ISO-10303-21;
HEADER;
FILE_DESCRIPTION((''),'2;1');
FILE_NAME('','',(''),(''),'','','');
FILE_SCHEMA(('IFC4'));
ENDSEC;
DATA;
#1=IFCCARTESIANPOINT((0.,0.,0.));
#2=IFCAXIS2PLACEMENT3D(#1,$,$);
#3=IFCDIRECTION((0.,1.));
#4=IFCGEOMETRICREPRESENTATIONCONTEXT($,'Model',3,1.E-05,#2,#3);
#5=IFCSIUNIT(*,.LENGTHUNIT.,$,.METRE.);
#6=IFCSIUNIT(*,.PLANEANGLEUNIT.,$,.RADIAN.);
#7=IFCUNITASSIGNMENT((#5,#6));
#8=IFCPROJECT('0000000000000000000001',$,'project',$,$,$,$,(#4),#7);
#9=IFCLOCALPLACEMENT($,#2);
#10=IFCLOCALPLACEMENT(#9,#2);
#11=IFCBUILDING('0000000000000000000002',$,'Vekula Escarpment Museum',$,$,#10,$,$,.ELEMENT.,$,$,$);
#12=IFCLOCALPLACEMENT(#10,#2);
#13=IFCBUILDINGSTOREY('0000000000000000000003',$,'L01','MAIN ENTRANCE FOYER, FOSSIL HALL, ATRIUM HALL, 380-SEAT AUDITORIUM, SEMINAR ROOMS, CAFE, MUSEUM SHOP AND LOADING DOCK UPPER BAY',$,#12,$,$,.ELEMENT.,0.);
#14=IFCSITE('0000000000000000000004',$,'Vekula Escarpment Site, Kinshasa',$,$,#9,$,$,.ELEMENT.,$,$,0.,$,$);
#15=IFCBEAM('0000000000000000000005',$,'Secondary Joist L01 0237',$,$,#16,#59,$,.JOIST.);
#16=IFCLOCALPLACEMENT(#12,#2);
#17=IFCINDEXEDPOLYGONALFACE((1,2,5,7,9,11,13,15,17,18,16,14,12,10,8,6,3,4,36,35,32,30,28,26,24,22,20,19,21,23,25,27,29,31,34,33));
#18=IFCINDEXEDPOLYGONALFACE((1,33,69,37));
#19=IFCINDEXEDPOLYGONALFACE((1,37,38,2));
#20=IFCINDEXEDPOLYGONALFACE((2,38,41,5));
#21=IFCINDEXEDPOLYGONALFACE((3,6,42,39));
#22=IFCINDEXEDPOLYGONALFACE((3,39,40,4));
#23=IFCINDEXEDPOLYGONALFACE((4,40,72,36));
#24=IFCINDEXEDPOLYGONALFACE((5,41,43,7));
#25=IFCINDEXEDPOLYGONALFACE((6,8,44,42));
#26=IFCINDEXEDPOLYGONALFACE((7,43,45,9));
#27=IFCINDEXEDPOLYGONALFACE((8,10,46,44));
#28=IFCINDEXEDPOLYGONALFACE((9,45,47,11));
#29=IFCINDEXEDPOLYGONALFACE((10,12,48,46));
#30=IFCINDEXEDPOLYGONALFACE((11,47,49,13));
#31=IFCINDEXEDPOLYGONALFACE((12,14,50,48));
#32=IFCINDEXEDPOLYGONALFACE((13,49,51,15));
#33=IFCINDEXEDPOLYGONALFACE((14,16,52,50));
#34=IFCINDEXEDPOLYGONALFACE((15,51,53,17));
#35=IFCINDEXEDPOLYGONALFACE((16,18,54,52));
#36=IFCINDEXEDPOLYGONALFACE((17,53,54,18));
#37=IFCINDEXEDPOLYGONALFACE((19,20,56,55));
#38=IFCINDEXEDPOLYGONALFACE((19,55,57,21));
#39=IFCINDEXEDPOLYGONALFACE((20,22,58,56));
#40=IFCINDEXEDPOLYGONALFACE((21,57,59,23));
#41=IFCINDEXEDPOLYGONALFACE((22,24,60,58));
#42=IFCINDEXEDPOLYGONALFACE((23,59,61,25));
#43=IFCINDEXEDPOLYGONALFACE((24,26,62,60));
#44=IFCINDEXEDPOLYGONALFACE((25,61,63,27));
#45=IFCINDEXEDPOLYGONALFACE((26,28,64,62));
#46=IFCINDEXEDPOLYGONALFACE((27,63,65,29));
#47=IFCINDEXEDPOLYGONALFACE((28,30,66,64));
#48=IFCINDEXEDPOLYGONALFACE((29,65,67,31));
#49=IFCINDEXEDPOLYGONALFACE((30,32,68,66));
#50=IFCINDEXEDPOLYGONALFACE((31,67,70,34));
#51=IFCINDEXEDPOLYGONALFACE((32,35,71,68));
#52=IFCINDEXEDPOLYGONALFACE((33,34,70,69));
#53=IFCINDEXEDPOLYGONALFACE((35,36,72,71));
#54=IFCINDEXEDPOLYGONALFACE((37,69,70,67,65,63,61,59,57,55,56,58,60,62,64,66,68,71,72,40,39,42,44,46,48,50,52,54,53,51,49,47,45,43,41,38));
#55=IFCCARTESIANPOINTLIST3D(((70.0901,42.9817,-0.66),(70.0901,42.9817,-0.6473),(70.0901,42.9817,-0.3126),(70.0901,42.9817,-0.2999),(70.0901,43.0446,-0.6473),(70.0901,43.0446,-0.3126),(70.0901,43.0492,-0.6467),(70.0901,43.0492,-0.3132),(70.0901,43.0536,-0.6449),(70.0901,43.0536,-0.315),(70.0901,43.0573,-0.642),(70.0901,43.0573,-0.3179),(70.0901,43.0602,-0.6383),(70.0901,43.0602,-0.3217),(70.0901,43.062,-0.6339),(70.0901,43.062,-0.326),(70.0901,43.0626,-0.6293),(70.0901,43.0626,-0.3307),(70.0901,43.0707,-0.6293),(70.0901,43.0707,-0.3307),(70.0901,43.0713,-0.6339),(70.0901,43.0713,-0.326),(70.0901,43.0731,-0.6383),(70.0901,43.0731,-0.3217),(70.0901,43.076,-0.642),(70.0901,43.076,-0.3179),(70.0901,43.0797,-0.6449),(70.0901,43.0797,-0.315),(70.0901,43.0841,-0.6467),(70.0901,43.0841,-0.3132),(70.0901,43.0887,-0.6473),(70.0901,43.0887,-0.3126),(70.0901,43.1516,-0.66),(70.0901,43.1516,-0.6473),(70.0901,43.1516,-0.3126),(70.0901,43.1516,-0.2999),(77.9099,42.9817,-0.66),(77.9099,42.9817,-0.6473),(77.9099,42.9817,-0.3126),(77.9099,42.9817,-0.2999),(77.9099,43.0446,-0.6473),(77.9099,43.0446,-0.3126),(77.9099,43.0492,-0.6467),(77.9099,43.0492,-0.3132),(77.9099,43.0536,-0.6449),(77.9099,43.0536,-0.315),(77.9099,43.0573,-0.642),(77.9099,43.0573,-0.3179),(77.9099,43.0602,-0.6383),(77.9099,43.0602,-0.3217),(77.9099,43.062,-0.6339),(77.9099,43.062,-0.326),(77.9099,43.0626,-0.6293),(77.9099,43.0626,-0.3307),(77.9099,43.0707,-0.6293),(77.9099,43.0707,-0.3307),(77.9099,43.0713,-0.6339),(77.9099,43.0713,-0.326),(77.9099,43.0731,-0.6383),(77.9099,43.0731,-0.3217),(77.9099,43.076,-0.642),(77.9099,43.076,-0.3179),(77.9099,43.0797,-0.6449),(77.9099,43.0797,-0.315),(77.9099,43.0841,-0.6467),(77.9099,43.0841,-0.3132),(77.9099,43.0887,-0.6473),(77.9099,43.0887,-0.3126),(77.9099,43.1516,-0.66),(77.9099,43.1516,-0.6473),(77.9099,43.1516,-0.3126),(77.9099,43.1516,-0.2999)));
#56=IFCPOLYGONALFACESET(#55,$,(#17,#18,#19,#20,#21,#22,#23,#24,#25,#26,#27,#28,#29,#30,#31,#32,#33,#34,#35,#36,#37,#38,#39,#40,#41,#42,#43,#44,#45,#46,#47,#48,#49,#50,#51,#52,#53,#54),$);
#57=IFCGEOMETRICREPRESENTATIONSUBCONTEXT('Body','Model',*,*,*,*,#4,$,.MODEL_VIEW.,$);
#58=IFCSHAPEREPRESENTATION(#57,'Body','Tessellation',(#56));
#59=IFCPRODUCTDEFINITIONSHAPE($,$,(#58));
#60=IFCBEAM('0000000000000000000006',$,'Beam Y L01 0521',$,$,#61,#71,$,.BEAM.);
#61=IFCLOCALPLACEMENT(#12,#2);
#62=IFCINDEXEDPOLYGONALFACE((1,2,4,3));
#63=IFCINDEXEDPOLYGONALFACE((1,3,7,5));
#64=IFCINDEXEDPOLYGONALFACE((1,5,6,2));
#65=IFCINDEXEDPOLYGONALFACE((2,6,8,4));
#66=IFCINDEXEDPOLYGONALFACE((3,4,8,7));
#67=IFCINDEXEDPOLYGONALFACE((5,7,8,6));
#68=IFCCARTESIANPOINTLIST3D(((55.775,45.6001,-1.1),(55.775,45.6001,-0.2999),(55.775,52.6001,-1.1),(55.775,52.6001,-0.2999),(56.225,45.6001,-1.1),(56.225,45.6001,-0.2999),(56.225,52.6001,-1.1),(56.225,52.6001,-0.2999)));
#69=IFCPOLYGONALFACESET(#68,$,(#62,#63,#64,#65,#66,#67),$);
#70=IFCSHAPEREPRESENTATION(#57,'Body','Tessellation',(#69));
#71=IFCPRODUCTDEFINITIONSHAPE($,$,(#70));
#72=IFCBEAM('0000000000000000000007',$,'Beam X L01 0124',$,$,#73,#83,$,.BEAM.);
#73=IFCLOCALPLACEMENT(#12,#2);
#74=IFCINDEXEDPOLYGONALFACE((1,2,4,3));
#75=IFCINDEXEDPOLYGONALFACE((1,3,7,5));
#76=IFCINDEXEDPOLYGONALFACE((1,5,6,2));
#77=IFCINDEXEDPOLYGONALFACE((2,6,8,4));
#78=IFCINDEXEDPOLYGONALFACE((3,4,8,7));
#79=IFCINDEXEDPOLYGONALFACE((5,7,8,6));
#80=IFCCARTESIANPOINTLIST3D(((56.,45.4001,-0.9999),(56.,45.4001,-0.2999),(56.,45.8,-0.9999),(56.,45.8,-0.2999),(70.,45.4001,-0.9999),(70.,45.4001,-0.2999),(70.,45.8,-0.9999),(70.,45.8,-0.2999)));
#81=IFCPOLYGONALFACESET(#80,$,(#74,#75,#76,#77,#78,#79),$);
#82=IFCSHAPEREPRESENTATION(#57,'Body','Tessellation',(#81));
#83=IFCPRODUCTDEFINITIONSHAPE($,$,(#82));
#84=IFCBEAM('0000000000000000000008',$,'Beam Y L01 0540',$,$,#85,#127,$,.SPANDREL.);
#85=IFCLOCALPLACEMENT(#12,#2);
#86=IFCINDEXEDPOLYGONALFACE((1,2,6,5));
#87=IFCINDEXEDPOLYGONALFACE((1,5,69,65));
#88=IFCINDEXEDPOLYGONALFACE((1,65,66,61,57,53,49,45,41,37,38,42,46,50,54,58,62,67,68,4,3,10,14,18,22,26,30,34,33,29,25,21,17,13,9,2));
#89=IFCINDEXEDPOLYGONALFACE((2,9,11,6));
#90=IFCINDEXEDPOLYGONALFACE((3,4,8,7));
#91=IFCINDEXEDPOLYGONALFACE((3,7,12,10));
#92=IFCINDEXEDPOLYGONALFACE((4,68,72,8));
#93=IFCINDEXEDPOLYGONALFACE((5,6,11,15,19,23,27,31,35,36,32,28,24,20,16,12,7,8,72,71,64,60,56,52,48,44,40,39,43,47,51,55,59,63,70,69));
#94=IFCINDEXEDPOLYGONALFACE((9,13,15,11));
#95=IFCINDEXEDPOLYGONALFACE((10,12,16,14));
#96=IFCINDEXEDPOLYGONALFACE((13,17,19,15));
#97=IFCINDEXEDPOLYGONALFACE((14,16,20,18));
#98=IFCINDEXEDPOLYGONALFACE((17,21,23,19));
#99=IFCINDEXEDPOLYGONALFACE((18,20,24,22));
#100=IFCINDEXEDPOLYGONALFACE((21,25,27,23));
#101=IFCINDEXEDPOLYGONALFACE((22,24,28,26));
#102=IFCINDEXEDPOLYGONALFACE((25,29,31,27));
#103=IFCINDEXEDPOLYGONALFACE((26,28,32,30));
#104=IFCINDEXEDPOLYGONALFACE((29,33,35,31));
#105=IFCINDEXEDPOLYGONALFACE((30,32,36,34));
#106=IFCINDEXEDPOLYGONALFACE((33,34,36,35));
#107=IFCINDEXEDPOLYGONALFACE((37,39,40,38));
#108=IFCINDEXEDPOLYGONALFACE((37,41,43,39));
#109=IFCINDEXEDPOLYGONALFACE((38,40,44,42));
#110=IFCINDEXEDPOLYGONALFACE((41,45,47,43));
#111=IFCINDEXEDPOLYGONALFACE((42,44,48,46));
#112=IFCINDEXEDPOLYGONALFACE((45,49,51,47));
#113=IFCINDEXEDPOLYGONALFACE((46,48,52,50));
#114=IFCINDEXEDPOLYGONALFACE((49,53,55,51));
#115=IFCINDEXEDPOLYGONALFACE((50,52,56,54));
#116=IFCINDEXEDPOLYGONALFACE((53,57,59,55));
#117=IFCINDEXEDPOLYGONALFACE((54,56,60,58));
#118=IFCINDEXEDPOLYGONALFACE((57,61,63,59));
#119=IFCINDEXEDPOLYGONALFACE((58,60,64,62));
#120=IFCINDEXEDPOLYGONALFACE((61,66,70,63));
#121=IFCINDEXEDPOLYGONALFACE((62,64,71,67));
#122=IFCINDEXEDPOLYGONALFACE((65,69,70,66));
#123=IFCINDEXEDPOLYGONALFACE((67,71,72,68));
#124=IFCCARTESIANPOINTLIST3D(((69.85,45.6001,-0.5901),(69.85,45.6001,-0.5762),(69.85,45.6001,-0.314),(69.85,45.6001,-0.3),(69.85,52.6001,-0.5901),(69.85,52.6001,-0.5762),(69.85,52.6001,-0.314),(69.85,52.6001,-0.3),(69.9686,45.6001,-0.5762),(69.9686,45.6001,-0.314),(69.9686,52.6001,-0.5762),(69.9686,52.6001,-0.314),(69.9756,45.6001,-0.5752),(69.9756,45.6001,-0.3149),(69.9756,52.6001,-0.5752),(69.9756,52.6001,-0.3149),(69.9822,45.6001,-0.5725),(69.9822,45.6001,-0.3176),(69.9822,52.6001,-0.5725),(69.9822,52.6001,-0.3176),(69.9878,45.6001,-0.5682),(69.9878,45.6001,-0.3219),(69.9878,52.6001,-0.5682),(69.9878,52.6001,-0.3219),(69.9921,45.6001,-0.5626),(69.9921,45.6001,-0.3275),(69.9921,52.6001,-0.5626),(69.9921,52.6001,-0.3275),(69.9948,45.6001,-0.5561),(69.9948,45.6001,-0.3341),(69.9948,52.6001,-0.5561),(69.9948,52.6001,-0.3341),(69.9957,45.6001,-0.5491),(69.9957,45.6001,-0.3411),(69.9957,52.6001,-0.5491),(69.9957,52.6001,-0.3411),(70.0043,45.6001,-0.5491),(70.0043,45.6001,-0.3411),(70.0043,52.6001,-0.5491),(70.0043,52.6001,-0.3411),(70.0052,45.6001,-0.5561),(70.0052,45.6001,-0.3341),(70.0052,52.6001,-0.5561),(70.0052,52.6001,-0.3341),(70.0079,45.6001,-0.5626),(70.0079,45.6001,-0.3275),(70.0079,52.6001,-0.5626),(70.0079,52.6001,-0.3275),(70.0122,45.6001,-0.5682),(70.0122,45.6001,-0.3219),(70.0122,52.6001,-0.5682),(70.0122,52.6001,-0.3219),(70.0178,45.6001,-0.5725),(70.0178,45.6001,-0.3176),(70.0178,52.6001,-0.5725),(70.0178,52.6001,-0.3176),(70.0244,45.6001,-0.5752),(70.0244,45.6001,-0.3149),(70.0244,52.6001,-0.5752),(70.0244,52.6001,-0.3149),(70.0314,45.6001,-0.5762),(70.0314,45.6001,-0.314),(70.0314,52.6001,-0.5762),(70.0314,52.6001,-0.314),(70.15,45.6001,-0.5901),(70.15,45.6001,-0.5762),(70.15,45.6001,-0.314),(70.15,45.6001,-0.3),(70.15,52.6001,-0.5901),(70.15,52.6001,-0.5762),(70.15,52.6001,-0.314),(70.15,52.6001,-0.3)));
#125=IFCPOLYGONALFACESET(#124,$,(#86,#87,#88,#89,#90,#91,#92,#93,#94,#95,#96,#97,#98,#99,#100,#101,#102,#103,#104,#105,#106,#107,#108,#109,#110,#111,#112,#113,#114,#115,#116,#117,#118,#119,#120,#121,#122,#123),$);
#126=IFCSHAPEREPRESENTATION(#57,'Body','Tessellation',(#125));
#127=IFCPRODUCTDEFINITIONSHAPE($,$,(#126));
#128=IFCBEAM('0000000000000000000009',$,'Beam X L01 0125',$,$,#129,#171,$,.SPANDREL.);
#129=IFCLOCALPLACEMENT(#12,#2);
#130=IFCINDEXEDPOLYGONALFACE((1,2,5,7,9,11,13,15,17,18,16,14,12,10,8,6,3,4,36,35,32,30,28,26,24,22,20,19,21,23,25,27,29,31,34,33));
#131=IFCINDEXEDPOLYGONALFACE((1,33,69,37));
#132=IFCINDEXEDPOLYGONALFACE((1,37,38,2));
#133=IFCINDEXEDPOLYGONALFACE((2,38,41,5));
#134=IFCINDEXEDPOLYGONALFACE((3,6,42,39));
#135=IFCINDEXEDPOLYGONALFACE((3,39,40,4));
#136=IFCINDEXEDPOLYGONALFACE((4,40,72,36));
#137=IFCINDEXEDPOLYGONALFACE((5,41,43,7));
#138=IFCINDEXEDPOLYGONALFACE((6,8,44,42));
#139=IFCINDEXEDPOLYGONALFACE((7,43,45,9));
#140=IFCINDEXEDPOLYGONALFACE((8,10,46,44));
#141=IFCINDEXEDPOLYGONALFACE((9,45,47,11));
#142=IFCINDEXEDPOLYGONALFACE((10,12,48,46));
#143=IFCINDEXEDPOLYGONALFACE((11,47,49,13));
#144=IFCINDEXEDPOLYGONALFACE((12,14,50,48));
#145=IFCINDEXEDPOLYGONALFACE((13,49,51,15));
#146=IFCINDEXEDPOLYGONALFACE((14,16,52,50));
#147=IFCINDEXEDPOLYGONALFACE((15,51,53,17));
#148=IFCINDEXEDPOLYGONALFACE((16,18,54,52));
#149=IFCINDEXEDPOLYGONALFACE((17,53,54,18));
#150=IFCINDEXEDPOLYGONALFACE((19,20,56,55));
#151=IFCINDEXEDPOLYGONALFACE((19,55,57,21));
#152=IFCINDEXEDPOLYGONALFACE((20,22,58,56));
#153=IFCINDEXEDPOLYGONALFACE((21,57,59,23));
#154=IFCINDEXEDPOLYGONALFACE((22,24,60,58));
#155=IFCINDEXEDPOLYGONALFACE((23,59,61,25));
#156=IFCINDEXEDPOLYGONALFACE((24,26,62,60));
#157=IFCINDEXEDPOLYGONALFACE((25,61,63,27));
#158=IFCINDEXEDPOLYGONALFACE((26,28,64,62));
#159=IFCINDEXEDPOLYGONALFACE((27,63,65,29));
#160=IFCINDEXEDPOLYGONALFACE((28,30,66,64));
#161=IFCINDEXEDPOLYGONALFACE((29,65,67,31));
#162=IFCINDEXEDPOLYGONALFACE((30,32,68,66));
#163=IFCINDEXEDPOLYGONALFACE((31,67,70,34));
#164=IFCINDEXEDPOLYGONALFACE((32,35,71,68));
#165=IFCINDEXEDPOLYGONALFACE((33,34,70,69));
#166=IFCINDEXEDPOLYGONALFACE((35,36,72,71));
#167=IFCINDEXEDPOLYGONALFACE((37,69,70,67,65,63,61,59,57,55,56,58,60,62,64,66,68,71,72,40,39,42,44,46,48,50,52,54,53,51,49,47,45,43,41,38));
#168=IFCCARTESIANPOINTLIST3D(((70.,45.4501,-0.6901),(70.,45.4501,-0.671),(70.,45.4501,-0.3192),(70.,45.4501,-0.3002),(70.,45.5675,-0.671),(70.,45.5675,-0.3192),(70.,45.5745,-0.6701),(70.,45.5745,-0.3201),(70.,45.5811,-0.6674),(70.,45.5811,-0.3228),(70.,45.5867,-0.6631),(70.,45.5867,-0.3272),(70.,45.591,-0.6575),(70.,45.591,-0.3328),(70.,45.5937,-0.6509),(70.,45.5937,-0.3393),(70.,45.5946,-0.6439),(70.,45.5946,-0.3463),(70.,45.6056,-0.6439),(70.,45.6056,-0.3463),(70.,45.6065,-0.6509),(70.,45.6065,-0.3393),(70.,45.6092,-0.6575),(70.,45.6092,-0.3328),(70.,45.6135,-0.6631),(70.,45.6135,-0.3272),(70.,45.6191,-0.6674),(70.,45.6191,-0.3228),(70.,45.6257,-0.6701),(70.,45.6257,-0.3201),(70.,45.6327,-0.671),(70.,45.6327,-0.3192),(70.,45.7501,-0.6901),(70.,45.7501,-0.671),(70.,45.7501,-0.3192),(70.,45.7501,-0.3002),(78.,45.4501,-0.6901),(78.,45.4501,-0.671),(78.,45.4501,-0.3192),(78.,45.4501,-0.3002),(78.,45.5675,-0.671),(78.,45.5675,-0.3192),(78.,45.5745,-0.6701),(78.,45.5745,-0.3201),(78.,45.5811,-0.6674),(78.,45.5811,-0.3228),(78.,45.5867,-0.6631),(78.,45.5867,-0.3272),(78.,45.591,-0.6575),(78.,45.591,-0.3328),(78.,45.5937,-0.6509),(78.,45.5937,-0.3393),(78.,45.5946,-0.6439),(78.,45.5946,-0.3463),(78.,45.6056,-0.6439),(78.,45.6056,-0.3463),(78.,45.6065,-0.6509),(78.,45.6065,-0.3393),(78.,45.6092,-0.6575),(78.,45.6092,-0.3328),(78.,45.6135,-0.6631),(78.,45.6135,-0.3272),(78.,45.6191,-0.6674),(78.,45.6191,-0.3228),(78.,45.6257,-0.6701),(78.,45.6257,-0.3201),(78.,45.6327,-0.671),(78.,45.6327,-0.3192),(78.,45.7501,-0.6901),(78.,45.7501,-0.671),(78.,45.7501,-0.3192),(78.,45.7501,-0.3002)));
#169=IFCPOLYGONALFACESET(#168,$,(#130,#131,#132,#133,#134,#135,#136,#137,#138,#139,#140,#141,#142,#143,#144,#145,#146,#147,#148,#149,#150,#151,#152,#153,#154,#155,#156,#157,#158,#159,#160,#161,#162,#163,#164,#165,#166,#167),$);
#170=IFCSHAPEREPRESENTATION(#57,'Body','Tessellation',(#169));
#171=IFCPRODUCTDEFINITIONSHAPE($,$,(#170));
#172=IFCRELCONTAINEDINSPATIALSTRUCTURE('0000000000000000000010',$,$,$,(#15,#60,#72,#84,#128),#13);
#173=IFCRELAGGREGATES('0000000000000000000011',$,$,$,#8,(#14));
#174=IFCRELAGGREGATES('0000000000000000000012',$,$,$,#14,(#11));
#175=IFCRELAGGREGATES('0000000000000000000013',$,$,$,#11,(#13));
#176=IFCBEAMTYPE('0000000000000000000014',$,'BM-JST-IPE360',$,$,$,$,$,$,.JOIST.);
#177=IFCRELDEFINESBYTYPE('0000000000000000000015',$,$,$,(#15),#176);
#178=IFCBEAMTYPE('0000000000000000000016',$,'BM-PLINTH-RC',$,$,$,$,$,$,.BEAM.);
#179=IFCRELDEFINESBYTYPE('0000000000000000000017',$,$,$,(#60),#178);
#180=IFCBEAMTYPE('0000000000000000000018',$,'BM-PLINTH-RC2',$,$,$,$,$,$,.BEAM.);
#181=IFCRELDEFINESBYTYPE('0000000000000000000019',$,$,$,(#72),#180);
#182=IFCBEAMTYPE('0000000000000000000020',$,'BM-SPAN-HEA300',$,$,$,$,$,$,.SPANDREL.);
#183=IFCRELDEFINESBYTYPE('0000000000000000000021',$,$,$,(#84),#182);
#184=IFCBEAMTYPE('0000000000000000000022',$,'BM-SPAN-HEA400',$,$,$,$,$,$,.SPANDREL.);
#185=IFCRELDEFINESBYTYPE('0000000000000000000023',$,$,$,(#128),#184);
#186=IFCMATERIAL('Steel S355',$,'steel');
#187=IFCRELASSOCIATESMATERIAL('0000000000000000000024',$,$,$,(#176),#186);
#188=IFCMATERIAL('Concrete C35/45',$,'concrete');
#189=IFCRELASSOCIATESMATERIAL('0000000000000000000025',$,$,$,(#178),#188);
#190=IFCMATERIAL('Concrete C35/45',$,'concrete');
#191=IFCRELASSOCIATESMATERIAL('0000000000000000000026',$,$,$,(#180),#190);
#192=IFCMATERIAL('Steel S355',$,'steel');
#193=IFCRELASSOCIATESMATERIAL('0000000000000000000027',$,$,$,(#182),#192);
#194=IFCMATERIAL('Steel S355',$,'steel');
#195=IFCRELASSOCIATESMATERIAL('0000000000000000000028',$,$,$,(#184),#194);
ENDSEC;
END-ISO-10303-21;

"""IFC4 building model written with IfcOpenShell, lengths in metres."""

from ifc_helpers import new_model, si_unit, direction, frame, origin, origin_2d, place, context, subcontext, project, spatial, rectangle, i_section, extrude, material, material_profile, profile_set, type_object, element, save


model = new_model("IFC4")

# Units and contexts
model_context = context("Model", 3, precision=1e-05, world=origin(), true_north=direction((0.0, 1.0)))
body_context = subcontext(model_context, "Body", "Model", "MODEL_VIEW")
ifc_project = project(units=[si_unit("LENGTHUNIT", "METRE"), si_unit("PLANEANGLEUNIT", "RADIAN")], contexts=[model_context])

# Site, building, storey
site_placement = place(None, origin())
site = spatial("IfcSite", under=ifc_project, at=site_placement, Name="Vekula Escarpment Site, Kinshasa", CompositionType="ELEMENT", RefElevation=0.0)
building_placement = place(site_placement, origin())
building = spatial("IfcBuilding", under=site, at=building_placement, Name="Vekula Escarpment Museum", CompositionType="ELEMENT")
storey_placement = place(building_placement, origin())
storey = spatial("IfcBuildingStorey", under=building, at=storey_placement, Name="L01", Description="MAIN ENTRANCE FOYER, FOSSIL HALL, ATRIUM HALL, 380-SEAT AUDITORIUM, SEMINAR ROOMS, CAFE, MUSEUM SHOP AND LOADING DOCK UPPER BAY", CompositionType="ELEMENT", Elevation=0.0)

# Beams
ifc_material_1 = material(Name="Steel S355", Category="steel")
ifc_material_profile_1 = material_profile(ifc_material_1, i_section(OverallWidth=0.1699, OverallDepth=0.3601, WebThickness=0.0081, FlangeThickness=0.0127, FilletRadius=0.0181, at=origin_2d()), Name="IPE 360")
ifc_profile_set_1 = profile_set([ifc_material_profile_1], Name="Steel S355")
beam_type_1 = type_object("IfcBeamType", Name="BM-JST-IPE360", PredefinedType="JOIST", material=ifc_profile_set_1)
for number, where, z_axis, x_axis, name in (
    (1, (70.0901, 43.0667, -0.48), (1.0, 0.0, 0.0), (0.0, 1.0, 0.0), "Secondary Joist L01 0237"),
):
    element("IfcBeam", number, at=place(storey_placement, frame(where, z_axis=z_axis, x_axis=x_axis)), inside=storey, type_object=beam_type_1, Name=name, PredefinedType="JOIST", context=body_context, shape_type="SweptSolid", body=[
        extrude(i_section(OverallWidth=0.1699, OverallDepth=0.3601, WebThickness=0.0081, FlangeThickness=0.0127, FilletRadius=0.0181, at=origin_2d()), origin(), (0.0, 0.0, 1.0), 7.8198),
    ])
ifc_material_2 = material(Name="Concrete C35/45", Category="concrete")
ifc_material_profile_2 = material_profile(ifc_material_2, rectangle(XDim=0.45, YDim=0.8, at=origin_2d()), Name="RC 450x800")
ifc_profile_set_2 = profile_set([ifc_material_profile_2], Name="Concrete C35/45")
beam_type_2 = type_object("IfcBeamType", Name="BM-PLINTH-RC", PredefinedType="BEAM", material=ifc_profile_set_2)
beam_1_placement = place(storey_placement, frame((56.0, 45.6001, -0.7), z_axis=(0.0, 1.0, 0.0), x_axis=(-1.0, 0.0, 0.0)))
element("IfcBeam", 2, at=beam_1_placement, inside=storey, type_object=beam_type_2, Name="Beam Y L01 0521", PredefinedType="BEAM", context=body_context, shape_type="SweptSolid", body=[
    extrude(rectangle(XDim=0.45, YDim=0.8, at=origin_2d()), origin(), (0.0, 0.0, 1.0), 7.0),
])
ifc_material_3 = material(Name="Concrete C35/45", Category="concrete")
ifc_material_profile_3 = material_profile(ifc_material_3, rectangle(XDim=0.3999, YDim=0.7, at=origin_2d()), Name="RC 400x700")
ifc_profile_set_3 = profile_set([ifc_material_profile_3], Name="Concrete C35/45")
beam_type_3 = type_object("IfcBeamType", Name="BM-PLINTH-RC2", PredefinedType="BEAM", material=ifc_profile_set_3)
beam_2_placement = place(storey_placement, frame((56.0, 45.6001, -0.6499), z_axis=(1.0, 0.0, 0.0), x_axis=(0.0, 1.0, 0.0)))
element("IfcBeam", 3, at=beam_2_placement, inside=storey, type_object=beam_type_3, Name="Beam X L01 0124", PredefinedType="BEAM", context=body_context, shape_type="SweptSolid", body=[
    extrude(rectangle(XDim=0.3999, YDim=0.7, at=origin_2d()), origin(), (0.0, 0.0, 1.0), 14.0),
])
ifc_material_4 = material(Name="Steel S355", Category="steel")
ifc_material_profile_4 = material_profile(ifc_material_4, i_section(OverallWidth=0.3, OverallDepth=0.29, WebThickness=0.0085, FlangeThickness=0.0139, FilletRadius=0.0271, at=origin_2d()), Name="HEA 300")
ifc_profile_set_4 = profile_set([ifc_material_profile_4], Name="Steel S355")
beam_type_4 = type_object("IfcBeamType", Name="BM-SPAN-HEA300", PredefinedType="SPANDREL", material=ifc_profile_set_4)
beam_3_placement = place(storey_placement, frame((70.0, 45.6001, -0.4451), z_axis=(0.0, 1.0, 0.0), x_axis=(-1.0, 0.0, 0.0)))
element("IfcBeam", 4, at=beam_3_placement, inside=storey, type_object=beam_type_4, Name="Beam Y L01 0540", PredefinedType="SPANDREL", context=body_context, shape_type="SweptSolid", body=[
    extrude(i_section(OverallWidth=0.3, OverallDepth=0.29, WebThickness=0.0085, FlangeThickness=0.0139, FilletRadius=0.0271, at=origin_2d()), origin(), (0.0, 0.0, 1.0), 7.0),
])
ifc_material_5 = material(Name="Steel S355", Category="steel")
ifc_material_profile_5 = material_profile(ifc_material_5, i_section(OverallWidth=0.3, OverallDepth=0.3899, WebThickness=0.011, FlangeThickness=0.019, FilletRadius=0.0271, at=origin_2d()), Name="HEA 400")
ifc_profile_set_5 = profile_set([ifc_material_profile_5], Name="Steel S355")
beam_type_5 = type_object("IfcBeamType", Name="BM-SPAN-HEA400", PredefinedType="SPANDREL", material=ifc_profile_set_5)
beam_4_placement = place(storey_placement, frame((70.0, 45.6001, -0.4951), z_axis=(1.0, 0.0, 0.0), x_axis=(0.0, 1.0, 0.0)))
element("IfcBeam", 5, at=beam_4_placement, inside=storey, type_object=beam_type_5, Name="Beam X L01 0125", PredefinedType="SPANDREL", context=body_context, shape_type="SweptSolid", body=[
    extrude(i_section(OverallWidth=0.3, OverallDepth=0.3899, WebThickness=0.011, FlangeThickness=0.019, FilletRadius=0.0271, at=origin_2d()), origin(), (0.0, 0.0, 1.0), 8.0),
])

save(model, "model.ifc")
